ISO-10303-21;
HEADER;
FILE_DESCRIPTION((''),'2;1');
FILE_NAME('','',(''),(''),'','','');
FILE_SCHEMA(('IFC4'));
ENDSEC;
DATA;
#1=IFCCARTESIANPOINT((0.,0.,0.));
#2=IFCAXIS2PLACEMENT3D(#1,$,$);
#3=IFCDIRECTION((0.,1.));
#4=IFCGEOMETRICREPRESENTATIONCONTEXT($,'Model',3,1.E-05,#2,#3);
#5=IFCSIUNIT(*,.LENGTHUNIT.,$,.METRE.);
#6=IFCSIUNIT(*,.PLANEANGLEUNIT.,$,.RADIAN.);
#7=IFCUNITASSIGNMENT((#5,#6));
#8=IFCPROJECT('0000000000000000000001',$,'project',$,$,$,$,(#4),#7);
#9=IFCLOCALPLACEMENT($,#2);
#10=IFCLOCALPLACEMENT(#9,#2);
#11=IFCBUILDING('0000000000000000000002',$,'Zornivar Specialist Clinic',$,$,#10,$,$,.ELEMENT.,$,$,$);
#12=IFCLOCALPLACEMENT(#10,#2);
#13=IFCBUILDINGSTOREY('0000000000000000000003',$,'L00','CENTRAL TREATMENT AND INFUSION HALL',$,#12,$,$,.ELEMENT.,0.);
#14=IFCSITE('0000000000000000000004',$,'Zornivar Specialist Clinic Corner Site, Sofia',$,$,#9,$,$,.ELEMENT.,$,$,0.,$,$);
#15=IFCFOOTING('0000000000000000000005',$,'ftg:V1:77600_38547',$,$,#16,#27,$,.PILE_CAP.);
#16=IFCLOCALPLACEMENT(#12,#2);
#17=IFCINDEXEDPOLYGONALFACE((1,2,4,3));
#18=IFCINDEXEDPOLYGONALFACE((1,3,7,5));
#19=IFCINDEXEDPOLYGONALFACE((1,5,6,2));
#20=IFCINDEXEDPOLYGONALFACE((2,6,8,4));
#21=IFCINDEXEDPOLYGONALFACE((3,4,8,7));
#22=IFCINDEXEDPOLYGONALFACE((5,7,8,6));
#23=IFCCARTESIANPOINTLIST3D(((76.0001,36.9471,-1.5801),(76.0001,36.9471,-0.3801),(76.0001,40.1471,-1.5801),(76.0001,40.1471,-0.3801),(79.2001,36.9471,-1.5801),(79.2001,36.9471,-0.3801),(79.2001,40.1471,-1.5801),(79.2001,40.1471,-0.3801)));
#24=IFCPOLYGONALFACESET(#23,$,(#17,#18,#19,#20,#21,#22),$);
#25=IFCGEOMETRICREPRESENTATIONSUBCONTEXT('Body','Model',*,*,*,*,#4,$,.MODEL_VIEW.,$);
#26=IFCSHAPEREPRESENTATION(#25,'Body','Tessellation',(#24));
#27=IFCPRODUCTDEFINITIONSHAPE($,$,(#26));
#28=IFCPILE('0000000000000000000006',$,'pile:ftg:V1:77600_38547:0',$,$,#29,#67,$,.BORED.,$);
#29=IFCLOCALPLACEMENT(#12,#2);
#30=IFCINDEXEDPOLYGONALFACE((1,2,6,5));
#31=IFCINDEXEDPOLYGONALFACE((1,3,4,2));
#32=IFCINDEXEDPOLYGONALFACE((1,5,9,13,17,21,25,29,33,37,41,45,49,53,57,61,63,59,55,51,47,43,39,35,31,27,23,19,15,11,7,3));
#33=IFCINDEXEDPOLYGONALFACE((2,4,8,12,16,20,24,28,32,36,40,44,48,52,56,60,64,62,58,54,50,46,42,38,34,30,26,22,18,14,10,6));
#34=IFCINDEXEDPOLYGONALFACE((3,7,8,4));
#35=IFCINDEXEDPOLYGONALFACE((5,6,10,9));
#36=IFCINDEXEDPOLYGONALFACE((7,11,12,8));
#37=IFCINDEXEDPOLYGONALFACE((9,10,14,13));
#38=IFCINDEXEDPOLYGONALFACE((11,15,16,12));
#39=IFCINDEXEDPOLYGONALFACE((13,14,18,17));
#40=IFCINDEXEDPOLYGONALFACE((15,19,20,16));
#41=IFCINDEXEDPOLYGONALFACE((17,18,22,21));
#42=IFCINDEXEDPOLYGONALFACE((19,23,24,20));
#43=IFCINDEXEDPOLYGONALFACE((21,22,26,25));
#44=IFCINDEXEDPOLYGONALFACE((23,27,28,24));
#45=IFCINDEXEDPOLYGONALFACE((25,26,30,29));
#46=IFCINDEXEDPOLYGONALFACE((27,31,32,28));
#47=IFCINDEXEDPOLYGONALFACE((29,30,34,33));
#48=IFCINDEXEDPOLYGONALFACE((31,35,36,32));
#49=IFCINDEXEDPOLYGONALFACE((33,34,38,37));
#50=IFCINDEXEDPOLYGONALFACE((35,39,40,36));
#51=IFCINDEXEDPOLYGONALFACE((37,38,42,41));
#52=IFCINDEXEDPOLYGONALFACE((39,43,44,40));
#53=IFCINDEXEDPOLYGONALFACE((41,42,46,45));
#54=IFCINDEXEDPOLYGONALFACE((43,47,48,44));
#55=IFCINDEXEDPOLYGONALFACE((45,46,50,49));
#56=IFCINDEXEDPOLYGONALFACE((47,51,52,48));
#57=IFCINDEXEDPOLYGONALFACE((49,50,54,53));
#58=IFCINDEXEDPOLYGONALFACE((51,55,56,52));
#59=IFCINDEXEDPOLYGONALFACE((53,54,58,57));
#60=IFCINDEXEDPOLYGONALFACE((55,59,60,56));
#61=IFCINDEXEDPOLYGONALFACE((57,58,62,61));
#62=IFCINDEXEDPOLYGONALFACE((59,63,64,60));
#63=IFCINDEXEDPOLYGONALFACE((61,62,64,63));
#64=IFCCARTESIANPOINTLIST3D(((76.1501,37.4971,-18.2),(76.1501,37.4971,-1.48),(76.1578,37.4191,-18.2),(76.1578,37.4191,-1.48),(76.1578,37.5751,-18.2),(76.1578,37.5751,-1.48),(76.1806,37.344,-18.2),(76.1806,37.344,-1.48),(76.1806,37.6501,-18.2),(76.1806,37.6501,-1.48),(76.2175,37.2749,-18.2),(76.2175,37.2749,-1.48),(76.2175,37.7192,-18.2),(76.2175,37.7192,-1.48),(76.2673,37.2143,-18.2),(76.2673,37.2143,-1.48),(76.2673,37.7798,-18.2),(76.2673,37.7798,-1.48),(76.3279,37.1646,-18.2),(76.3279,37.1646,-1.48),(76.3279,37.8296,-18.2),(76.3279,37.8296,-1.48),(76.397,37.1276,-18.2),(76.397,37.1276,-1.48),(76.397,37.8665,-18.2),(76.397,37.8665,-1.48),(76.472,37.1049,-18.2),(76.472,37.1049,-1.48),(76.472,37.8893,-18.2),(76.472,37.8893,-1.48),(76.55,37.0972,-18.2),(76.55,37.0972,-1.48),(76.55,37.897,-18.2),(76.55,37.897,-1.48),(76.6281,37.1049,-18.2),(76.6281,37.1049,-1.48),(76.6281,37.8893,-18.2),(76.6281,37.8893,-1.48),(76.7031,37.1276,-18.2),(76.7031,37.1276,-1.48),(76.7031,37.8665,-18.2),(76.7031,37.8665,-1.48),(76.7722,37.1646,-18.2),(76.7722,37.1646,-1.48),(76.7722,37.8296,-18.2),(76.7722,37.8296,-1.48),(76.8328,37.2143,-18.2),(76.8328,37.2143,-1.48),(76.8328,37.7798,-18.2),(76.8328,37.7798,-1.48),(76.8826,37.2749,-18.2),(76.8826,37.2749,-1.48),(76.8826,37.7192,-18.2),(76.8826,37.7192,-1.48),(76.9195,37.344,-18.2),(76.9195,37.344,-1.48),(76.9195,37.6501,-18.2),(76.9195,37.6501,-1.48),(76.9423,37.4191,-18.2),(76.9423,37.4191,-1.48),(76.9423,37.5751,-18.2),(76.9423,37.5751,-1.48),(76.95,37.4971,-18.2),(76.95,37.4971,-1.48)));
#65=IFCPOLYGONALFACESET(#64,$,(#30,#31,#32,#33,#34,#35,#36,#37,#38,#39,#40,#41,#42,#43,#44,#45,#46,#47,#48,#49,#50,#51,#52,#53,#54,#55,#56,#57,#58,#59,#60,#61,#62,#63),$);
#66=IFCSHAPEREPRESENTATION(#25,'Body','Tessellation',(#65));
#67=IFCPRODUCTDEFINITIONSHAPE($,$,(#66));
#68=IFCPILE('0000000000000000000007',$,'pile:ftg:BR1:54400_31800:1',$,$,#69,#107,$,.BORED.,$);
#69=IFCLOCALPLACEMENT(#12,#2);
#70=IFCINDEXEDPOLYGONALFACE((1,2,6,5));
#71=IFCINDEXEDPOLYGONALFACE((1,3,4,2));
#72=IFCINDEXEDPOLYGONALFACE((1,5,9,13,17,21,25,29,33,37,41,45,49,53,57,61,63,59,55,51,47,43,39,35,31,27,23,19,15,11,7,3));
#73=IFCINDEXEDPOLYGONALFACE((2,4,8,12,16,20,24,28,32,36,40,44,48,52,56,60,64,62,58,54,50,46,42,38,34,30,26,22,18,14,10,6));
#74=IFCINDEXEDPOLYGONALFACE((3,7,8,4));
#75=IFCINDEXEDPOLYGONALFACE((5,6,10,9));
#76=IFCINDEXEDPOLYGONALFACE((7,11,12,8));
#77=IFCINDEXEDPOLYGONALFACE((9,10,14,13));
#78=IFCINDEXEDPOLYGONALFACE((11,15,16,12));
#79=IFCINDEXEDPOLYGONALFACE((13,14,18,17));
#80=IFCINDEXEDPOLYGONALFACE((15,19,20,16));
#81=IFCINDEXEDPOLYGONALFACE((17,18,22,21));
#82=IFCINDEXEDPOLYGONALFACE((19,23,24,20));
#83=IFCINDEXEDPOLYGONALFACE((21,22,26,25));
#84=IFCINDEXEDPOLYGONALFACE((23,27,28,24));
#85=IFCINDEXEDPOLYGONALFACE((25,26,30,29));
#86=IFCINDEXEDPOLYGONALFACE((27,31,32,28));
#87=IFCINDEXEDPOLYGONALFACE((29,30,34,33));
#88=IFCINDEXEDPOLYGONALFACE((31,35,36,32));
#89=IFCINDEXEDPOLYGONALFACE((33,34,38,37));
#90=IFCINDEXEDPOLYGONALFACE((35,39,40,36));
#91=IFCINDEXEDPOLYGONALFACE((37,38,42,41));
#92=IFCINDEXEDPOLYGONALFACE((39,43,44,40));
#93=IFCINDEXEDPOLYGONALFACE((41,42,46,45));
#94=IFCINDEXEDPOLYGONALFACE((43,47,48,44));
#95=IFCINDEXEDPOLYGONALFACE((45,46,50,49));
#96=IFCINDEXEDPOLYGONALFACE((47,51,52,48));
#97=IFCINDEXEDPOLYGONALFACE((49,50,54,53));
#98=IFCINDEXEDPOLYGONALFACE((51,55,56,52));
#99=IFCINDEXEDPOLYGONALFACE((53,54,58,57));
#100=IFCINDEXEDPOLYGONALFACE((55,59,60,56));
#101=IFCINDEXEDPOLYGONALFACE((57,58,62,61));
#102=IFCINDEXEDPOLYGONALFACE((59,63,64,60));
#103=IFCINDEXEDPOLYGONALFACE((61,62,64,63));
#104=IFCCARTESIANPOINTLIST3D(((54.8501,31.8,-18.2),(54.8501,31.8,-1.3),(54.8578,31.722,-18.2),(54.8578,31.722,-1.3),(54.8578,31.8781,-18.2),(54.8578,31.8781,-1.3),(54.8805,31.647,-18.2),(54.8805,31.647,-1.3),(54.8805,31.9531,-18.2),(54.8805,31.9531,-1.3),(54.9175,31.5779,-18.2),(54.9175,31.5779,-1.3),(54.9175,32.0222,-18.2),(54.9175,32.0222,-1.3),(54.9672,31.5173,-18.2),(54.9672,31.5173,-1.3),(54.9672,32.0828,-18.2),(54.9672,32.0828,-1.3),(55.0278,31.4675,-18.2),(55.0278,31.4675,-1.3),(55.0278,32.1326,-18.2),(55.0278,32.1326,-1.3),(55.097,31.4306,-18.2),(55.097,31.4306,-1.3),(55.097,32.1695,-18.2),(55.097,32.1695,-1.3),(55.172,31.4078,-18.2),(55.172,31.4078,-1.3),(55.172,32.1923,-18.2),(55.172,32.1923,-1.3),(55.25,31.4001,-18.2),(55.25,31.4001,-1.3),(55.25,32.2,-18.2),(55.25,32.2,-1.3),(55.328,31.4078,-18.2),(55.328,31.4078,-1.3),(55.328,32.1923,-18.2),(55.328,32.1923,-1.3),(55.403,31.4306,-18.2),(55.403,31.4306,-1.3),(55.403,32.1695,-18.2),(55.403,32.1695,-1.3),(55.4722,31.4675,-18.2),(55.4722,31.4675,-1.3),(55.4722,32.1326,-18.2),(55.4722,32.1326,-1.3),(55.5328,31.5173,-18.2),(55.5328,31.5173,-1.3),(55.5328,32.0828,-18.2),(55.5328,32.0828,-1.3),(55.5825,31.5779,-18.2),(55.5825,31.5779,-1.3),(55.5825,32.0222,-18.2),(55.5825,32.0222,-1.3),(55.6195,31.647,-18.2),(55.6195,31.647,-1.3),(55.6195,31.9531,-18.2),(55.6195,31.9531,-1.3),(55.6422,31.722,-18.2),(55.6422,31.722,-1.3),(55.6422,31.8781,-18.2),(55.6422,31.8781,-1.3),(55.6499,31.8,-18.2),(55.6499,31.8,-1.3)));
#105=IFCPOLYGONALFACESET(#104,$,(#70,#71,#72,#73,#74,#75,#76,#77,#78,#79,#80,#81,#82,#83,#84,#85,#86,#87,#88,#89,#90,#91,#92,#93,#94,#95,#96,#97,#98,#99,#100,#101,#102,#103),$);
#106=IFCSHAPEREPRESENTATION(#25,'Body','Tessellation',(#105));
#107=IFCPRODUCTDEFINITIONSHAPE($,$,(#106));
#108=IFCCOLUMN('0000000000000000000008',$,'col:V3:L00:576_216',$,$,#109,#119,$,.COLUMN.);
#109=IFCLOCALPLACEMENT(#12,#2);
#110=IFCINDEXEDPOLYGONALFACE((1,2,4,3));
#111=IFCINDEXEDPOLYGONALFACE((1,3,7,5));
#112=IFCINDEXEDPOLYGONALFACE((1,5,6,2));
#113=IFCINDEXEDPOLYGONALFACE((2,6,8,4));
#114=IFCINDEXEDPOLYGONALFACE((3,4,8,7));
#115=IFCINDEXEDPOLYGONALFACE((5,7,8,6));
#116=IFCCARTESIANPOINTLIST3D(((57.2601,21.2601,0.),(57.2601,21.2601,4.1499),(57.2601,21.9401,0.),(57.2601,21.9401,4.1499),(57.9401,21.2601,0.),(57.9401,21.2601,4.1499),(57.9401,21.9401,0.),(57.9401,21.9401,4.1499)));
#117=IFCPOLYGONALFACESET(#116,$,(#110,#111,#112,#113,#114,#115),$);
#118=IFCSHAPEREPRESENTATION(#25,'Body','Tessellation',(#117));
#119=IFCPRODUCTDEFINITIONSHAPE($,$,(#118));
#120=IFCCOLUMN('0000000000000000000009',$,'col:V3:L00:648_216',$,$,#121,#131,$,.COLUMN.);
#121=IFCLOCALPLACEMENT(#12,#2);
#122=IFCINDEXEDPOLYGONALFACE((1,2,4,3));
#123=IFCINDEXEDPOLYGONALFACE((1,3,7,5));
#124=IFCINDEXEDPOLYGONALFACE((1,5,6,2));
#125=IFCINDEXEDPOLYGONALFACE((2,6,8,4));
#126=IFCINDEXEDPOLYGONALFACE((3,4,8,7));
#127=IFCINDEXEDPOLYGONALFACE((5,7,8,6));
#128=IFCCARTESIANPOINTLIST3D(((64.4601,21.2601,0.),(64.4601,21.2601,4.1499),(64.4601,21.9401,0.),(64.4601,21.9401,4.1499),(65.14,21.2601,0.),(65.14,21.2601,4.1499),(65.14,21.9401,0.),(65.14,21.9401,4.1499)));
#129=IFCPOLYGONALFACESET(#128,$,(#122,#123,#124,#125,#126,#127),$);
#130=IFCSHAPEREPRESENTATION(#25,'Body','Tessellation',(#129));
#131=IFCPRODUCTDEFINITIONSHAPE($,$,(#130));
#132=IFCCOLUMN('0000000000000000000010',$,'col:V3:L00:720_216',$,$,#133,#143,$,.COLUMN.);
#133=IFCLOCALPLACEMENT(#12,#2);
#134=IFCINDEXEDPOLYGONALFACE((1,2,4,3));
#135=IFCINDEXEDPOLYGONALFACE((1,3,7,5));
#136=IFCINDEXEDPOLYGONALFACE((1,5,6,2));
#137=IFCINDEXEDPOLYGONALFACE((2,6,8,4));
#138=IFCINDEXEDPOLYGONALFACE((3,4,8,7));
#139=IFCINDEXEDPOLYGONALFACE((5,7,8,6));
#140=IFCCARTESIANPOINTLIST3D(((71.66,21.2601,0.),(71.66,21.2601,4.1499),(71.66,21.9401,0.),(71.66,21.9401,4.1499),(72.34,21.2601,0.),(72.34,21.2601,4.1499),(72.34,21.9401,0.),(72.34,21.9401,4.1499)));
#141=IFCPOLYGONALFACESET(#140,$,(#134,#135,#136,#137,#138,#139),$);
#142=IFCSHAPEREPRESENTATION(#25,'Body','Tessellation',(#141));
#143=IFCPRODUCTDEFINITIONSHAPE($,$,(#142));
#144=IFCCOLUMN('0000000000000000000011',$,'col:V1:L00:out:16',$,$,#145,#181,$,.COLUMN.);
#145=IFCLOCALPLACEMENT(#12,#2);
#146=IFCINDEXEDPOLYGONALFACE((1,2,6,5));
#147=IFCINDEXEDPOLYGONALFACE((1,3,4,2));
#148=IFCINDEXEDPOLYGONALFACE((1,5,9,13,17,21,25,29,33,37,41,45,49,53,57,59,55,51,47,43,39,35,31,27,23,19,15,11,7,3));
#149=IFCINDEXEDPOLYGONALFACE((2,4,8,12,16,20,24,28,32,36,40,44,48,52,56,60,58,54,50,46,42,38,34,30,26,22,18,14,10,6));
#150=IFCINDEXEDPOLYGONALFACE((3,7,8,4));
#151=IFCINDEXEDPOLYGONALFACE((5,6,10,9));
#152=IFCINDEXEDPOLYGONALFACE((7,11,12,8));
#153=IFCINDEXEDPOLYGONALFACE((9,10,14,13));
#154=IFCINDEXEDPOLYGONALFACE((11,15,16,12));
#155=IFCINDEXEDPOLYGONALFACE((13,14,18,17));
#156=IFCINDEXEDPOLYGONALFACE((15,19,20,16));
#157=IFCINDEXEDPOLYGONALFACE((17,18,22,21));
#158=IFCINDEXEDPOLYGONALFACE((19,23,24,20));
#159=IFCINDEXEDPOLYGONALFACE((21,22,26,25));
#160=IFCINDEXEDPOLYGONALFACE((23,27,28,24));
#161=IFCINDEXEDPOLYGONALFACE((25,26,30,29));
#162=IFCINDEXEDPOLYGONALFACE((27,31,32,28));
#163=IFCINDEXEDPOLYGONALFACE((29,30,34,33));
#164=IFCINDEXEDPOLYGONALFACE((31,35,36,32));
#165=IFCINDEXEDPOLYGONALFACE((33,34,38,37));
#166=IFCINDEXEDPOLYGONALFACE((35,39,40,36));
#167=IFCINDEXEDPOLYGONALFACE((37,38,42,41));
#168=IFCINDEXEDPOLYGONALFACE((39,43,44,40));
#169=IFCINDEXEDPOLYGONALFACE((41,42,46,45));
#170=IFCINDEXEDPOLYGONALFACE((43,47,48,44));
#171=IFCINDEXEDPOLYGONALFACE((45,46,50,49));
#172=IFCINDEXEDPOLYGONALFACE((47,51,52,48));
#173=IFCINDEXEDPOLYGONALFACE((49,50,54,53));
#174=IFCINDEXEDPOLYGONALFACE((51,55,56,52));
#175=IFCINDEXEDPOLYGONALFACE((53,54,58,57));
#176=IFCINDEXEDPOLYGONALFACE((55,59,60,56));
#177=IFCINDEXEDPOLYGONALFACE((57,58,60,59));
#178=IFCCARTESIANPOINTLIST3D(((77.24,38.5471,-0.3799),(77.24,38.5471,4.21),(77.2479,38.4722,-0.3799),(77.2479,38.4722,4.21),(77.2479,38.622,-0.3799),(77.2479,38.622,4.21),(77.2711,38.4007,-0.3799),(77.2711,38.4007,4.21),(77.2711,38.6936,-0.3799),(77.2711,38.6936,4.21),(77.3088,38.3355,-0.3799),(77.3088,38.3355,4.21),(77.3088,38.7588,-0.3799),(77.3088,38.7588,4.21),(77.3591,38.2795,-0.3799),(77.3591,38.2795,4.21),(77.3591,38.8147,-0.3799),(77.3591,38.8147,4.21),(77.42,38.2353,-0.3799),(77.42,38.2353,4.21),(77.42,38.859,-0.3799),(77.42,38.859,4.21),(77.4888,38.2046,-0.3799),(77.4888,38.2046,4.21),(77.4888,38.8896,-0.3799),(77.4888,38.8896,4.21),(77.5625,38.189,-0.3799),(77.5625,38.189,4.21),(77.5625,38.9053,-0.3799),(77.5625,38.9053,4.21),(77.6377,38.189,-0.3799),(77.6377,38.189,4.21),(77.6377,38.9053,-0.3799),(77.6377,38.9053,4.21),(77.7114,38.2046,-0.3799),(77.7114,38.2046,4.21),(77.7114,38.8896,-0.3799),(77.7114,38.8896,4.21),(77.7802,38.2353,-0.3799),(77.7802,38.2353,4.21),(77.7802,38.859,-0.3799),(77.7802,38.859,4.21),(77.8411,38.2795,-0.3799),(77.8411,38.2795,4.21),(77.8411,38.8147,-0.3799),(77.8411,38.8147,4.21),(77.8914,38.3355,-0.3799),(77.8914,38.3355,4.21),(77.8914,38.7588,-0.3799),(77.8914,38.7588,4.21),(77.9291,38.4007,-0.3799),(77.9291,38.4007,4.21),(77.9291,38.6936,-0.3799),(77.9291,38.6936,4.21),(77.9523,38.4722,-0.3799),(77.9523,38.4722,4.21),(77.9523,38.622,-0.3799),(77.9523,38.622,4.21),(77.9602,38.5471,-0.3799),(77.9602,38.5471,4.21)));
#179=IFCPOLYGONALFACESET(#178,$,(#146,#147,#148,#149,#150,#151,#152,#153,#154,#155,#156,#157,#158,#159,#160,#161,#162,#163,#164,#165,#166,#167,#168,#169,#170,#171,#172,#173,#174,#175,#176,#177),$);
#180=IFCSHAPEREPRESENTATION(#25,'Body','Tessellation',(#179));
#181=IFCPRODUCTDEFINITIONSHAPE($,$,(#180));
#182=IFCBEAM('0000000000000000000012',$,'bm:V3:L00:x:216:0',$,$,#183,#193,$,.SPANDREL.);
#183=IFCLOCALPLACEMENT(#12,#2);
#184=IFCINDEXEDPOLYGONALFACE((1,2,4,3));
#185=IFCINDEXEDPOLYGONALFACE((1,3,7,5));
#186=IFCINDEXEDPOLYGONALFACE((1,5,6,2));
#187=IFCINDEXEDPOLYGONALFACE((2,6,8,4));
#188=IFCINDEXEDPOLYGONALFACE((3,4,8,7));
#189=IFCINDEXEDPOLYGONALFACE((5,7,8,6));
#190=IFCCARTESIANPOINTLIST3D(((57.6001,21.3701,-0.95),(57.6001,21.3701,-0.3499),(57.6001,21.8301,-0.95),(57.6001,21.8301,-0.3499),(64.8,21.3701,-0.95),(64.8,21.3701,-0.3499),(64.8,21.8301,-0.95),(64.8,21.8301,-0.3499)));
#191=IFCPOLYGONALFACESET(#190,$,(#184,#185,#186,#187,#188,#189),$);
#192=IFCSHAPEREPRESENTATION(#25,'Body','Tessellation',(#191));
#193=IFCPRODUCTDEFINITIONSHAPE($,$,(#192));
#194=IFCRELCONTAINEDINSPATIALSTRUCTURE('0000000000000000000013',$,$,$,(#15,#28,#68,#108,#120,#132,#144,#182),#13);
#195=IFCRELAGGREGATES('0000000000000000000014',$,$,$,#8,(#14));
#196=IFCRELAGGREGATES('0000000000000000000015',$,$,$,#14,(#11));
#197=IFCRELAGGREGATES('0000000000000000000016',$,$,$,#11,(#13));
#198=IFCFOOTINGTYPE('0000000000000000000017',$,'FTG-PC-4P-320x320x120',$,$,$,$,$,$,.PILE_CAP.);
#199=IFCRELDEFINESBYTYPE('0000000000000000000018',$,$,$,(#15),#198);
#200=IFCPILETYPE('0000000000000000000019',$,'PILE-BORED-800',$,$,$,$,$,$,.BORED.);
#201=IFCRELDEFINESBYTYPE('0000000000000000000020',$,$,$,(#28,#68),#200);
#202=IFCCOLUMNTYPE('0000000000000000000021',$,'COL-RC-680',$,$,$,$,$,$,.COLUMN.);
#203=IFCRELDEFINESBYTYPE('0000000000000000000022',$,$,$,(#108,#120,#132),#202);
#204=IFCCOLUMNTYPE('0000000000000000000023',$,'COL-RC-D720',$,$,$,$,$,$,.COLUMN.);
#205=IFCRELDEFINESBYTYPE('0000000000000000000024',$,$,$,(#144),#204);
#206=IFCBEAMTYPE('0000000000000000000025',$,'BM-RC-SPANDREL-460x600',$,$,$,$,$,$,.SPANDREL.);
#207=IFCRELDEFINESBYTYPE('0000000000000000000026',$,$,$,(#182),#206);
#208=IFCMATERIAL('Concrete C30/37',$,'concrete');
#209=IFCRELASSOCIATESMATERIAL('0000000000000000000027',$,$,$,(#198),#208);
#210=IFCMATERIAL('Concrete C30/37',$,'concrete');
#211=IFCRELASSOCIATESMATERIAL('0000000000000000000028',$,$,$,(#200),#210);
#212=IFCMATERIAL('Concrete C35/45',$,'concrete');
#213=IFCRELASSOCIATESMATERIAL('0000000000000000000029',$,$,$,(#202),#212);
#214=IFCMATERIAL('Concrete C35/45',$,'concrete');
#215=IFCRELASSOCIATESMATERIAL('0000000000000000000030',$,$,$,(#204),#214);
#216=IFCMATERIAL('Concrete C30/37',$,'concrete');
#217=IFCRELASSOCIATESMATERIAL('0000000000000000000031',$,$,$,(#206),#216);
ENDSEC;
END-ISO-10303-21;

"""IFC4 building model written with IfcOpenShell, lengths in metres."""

from ifc_helpers import new_model, si_unit, direction, frame, origin, origin_2d, place, context, subcontext, project, spatial, rectangle, circle, extrude, material, material_profile, profile_set, type_object, element, save


model = new_model("IFC4")

# Units and contexts
model_context = context("Model", 3, precision=1e-05, world=origin(), true_north=direction((0.0, 1.0)))
body_context = subcontext(model_context, "Body", "Model", "MODEL_VIEW")
ifc_project = project(units=[si_unit("LENGTHUNIT", "METRE"), si_unit("PLANEANGLEUNIT", "RADIAN")], contexts=[model_context])

# Site, building, storey
site_placement = place(None, origin())
site = spatial("IfcSite", under=ifc_project, at=site_placement, Name="Zornivar Specialist Clinic Corner Site, Sofia", CompositionType="ELEMENT", RefElevation=0.0)
building_placement = place(site_placement, origin())
building = spatial("IfcBuilding", under=site, at=building_placement, Name="Zornivar Specialist Clinic", CompositionType="ELEMENT")
storey_placement = place(building_placement, origin())
storey = spatial("IfcBuildingStorey", under=building, at=storey_placement, Name="L00", Description="CENTRAL TREATMENT AND INFUSION HALL", CompositionType="ELEMENT", Elevation=0.0)

# Footing
ifc_material_1 = material(Name="Concrete C30/37", Category="concrete")
footing_type = type_object("IfcFootingType", Name="FTG-PC-4P-320x320x120", PredefinedType="PILE_CAP", material=ifc_material_1)
footing_placement = place(storey_placement, frame((77.6001, 38.5471, -1.5801), z_axis=(0.0, 0.0, 1.0), x_axis=(1.0, 0.0, 0.0)))
element("IfcFooting", 1, at=footing_placement, inside=storey, type_object=footing_type, Name="ftg:V1:77600_38547", PredefinedType="PILE_CAP", context=body_context, shape_type="SweptSolid", body=[
    extrude(rectangle(XDim=3.2, YDim=3.2, at=origin_2d()), origin(), (0.0, 0.0, 1.0), 1.2),
])

# Piles
ifc_material_2 = material(Name="Concrete C30/37", Category="concrete")
ifc_material_profile_1 = material_profile(ifc_material_2, circle(Radius=0.3999, at=origin_2d()), Name="PILE D800")
ifc_profile_set_1 = profile_set([ifc_material_profile_1], Name="Concrete C30/37")
pile_type = type_object("IfcPileType", Name="PILE-BORED-800", PredefinedType="BORED", material=ifc_profile_set_1)
pile_1_placement = place(storey_placement, frame((76.55, 37.4971, -1.48), z_axis=(0.0, 0.0, -1.0), x_axis=(1.0, 0.0, 0.0)))
element("IfcPile", 2, at=pile_1_placement, inside=storey, type_object=pile_type, Name="pile:ftg:V1:77600_38547:0", PredefinedType="BORED", context=body_context, shape_type="SweptSolid", body=[
    extrude(circle(Radius=0.3999, at=origin_2d()), origin(), (0.0, 0.0, 1.0), 16.72),
])
pile_2_placement = place(storey_placement, frame((55.25, 31.8, -1.3), z_axis=(0.0, 0.0, -1.0), x_axis=(1.0, 0.0, 0.0)))
element("IfcPile", 3, at=pile_2_placement, inside=storey, type_object=pile_type, Name="pile:ftg:BR1:54400_31800:1", PredefinedType="BORED", context=body_context, shape_type="SweptSolid", body=[
    extrude(circle(Radius=0.3999, at=origin_2d()), origin(), (0.0, 0.0, 1.0), 16.8999),
])

# Columns
ifc_material_3 = material(Name="Concrete C35/45", Category="concrete")
ifc_material_profile_2 = material_profile(ifc_material_3, rectangle(XDim=0.6799, YDim=0.6799, at=origin_2d()), Name="RC 680x680")
ifc_profile_set_2 = profile_set([ifc_material_profile_2], Name="Concrete C35/45")
column_type_1 = type_object("IfcColumnType", Name="COL-RC-680", PredefinedType="COLUMN", material=ifc_profile_set_2)
for number, where, z_axis, x_axis, name in (
    (4, (57.6001, 21.6001, 0.0), (0.0, 0.0, 1.0), (1.0, 0.0, 0.0), "col:V3:L00:576_216"),
    (5, (64.8, 21.6001, 0.0), (0.0, 0.0, 1.0), (1.0, 0.0, 0.0), "col:V3:L00:648_216"),
    (6, (72.0, 21.6001, 0.0), (0.0, 0.0, 1.0), (1.0, 0.0, 0.0), "col:V3:L00:720_216"),
):
    element("IfcColumn", number, at=place(storey_placement, frame(where, z_axis=z_axis, x_axis=x_axis)), inside=storey, type_object=column_type_1, Name=name, PredefinedType="COLUMN", context=body_context, shape_type="SweptSolid", body=[
        extrude(rectangle(XDim=0.6799, YDim=0.6799, at=origin_2d()), origin(), (0.0, 0.0, 1.0), 4.1499),
    ])
ifc_material_4 = material(Name="Concrete C35/45", Category="concrete")
ifc_material_profile_3 = material_profile(ifc_material_4, circle(Radius=0.3601, at=origin_2d()), Name="RC D720")
ifc_profile_set_3 = profile_set([ifc_material_profile_3], Name="Concrete C35/45")
column_type_2 = type_object("IfcColumnType", Name="COL-RC-D720", PredefinedType="COLUMN", material=ifc_profile_set_3)
column_placement = place(storey_placement, frame((77.6001, 38.5471, -0.3799), z_axis=(0.0, 0.0, 1.0), x_axis=(1.0, 0.0, 0.0)))
element("IfcColumn", 7, at=column_placement, inside=storey, type_object=column_type_2, Name="col:V1:L00:out:16", PredefinedType="COLUMN", context=body_context, shape_type="SweptSolid", body=[
    extrude(circle(Radius=0.3601, at=origin_2d()), origin(), (0.0, 0.0, 1.0), 4.5898),
])

# Beam
ifc_material_5 = material(Name="Concrete C30/37", Category="concrete")
ifc_material_profile_4 = material_profile(ifc_material_5, rectangle(XDim=0.46, YDim=0.6001, at=origin_2d()), Name="RC 460x600")
ifc_profile_set_4 = profile_set([ifc_material_profile_4], Name="Concrete C30/37")
beam_type = type_object("IfcBeamType", Name="BM-RC-SPANDREL-460x600", PredefinedType="SPANDREL", material=ifc_profile_set_4)
for number, where, z_axis, x_axis, name in (
    (8, (57.6001, 21.6001, -0.6499), (1.0, 0.0, 0.0), (0.0, 1.0, 0.0), "bm:V3:L00:x:216:0"),
):
    element("IfcBeam", number, at=place(storey_placement, frame(where, z_axis=z_axis, x_axis=x_axis)), inside=storey, type_object=beam_type, Name=name, PredefinedType="SPANDREL", context=body_context, shape_type="SweptSolid", body=[
        extrude(rectangle(XDim=0.46, YDim=0.6001, at=origin_2d()), origin(), (0.0, 0.0, 1.0), 7.2),
    ])

save(model, "model.ifc")
